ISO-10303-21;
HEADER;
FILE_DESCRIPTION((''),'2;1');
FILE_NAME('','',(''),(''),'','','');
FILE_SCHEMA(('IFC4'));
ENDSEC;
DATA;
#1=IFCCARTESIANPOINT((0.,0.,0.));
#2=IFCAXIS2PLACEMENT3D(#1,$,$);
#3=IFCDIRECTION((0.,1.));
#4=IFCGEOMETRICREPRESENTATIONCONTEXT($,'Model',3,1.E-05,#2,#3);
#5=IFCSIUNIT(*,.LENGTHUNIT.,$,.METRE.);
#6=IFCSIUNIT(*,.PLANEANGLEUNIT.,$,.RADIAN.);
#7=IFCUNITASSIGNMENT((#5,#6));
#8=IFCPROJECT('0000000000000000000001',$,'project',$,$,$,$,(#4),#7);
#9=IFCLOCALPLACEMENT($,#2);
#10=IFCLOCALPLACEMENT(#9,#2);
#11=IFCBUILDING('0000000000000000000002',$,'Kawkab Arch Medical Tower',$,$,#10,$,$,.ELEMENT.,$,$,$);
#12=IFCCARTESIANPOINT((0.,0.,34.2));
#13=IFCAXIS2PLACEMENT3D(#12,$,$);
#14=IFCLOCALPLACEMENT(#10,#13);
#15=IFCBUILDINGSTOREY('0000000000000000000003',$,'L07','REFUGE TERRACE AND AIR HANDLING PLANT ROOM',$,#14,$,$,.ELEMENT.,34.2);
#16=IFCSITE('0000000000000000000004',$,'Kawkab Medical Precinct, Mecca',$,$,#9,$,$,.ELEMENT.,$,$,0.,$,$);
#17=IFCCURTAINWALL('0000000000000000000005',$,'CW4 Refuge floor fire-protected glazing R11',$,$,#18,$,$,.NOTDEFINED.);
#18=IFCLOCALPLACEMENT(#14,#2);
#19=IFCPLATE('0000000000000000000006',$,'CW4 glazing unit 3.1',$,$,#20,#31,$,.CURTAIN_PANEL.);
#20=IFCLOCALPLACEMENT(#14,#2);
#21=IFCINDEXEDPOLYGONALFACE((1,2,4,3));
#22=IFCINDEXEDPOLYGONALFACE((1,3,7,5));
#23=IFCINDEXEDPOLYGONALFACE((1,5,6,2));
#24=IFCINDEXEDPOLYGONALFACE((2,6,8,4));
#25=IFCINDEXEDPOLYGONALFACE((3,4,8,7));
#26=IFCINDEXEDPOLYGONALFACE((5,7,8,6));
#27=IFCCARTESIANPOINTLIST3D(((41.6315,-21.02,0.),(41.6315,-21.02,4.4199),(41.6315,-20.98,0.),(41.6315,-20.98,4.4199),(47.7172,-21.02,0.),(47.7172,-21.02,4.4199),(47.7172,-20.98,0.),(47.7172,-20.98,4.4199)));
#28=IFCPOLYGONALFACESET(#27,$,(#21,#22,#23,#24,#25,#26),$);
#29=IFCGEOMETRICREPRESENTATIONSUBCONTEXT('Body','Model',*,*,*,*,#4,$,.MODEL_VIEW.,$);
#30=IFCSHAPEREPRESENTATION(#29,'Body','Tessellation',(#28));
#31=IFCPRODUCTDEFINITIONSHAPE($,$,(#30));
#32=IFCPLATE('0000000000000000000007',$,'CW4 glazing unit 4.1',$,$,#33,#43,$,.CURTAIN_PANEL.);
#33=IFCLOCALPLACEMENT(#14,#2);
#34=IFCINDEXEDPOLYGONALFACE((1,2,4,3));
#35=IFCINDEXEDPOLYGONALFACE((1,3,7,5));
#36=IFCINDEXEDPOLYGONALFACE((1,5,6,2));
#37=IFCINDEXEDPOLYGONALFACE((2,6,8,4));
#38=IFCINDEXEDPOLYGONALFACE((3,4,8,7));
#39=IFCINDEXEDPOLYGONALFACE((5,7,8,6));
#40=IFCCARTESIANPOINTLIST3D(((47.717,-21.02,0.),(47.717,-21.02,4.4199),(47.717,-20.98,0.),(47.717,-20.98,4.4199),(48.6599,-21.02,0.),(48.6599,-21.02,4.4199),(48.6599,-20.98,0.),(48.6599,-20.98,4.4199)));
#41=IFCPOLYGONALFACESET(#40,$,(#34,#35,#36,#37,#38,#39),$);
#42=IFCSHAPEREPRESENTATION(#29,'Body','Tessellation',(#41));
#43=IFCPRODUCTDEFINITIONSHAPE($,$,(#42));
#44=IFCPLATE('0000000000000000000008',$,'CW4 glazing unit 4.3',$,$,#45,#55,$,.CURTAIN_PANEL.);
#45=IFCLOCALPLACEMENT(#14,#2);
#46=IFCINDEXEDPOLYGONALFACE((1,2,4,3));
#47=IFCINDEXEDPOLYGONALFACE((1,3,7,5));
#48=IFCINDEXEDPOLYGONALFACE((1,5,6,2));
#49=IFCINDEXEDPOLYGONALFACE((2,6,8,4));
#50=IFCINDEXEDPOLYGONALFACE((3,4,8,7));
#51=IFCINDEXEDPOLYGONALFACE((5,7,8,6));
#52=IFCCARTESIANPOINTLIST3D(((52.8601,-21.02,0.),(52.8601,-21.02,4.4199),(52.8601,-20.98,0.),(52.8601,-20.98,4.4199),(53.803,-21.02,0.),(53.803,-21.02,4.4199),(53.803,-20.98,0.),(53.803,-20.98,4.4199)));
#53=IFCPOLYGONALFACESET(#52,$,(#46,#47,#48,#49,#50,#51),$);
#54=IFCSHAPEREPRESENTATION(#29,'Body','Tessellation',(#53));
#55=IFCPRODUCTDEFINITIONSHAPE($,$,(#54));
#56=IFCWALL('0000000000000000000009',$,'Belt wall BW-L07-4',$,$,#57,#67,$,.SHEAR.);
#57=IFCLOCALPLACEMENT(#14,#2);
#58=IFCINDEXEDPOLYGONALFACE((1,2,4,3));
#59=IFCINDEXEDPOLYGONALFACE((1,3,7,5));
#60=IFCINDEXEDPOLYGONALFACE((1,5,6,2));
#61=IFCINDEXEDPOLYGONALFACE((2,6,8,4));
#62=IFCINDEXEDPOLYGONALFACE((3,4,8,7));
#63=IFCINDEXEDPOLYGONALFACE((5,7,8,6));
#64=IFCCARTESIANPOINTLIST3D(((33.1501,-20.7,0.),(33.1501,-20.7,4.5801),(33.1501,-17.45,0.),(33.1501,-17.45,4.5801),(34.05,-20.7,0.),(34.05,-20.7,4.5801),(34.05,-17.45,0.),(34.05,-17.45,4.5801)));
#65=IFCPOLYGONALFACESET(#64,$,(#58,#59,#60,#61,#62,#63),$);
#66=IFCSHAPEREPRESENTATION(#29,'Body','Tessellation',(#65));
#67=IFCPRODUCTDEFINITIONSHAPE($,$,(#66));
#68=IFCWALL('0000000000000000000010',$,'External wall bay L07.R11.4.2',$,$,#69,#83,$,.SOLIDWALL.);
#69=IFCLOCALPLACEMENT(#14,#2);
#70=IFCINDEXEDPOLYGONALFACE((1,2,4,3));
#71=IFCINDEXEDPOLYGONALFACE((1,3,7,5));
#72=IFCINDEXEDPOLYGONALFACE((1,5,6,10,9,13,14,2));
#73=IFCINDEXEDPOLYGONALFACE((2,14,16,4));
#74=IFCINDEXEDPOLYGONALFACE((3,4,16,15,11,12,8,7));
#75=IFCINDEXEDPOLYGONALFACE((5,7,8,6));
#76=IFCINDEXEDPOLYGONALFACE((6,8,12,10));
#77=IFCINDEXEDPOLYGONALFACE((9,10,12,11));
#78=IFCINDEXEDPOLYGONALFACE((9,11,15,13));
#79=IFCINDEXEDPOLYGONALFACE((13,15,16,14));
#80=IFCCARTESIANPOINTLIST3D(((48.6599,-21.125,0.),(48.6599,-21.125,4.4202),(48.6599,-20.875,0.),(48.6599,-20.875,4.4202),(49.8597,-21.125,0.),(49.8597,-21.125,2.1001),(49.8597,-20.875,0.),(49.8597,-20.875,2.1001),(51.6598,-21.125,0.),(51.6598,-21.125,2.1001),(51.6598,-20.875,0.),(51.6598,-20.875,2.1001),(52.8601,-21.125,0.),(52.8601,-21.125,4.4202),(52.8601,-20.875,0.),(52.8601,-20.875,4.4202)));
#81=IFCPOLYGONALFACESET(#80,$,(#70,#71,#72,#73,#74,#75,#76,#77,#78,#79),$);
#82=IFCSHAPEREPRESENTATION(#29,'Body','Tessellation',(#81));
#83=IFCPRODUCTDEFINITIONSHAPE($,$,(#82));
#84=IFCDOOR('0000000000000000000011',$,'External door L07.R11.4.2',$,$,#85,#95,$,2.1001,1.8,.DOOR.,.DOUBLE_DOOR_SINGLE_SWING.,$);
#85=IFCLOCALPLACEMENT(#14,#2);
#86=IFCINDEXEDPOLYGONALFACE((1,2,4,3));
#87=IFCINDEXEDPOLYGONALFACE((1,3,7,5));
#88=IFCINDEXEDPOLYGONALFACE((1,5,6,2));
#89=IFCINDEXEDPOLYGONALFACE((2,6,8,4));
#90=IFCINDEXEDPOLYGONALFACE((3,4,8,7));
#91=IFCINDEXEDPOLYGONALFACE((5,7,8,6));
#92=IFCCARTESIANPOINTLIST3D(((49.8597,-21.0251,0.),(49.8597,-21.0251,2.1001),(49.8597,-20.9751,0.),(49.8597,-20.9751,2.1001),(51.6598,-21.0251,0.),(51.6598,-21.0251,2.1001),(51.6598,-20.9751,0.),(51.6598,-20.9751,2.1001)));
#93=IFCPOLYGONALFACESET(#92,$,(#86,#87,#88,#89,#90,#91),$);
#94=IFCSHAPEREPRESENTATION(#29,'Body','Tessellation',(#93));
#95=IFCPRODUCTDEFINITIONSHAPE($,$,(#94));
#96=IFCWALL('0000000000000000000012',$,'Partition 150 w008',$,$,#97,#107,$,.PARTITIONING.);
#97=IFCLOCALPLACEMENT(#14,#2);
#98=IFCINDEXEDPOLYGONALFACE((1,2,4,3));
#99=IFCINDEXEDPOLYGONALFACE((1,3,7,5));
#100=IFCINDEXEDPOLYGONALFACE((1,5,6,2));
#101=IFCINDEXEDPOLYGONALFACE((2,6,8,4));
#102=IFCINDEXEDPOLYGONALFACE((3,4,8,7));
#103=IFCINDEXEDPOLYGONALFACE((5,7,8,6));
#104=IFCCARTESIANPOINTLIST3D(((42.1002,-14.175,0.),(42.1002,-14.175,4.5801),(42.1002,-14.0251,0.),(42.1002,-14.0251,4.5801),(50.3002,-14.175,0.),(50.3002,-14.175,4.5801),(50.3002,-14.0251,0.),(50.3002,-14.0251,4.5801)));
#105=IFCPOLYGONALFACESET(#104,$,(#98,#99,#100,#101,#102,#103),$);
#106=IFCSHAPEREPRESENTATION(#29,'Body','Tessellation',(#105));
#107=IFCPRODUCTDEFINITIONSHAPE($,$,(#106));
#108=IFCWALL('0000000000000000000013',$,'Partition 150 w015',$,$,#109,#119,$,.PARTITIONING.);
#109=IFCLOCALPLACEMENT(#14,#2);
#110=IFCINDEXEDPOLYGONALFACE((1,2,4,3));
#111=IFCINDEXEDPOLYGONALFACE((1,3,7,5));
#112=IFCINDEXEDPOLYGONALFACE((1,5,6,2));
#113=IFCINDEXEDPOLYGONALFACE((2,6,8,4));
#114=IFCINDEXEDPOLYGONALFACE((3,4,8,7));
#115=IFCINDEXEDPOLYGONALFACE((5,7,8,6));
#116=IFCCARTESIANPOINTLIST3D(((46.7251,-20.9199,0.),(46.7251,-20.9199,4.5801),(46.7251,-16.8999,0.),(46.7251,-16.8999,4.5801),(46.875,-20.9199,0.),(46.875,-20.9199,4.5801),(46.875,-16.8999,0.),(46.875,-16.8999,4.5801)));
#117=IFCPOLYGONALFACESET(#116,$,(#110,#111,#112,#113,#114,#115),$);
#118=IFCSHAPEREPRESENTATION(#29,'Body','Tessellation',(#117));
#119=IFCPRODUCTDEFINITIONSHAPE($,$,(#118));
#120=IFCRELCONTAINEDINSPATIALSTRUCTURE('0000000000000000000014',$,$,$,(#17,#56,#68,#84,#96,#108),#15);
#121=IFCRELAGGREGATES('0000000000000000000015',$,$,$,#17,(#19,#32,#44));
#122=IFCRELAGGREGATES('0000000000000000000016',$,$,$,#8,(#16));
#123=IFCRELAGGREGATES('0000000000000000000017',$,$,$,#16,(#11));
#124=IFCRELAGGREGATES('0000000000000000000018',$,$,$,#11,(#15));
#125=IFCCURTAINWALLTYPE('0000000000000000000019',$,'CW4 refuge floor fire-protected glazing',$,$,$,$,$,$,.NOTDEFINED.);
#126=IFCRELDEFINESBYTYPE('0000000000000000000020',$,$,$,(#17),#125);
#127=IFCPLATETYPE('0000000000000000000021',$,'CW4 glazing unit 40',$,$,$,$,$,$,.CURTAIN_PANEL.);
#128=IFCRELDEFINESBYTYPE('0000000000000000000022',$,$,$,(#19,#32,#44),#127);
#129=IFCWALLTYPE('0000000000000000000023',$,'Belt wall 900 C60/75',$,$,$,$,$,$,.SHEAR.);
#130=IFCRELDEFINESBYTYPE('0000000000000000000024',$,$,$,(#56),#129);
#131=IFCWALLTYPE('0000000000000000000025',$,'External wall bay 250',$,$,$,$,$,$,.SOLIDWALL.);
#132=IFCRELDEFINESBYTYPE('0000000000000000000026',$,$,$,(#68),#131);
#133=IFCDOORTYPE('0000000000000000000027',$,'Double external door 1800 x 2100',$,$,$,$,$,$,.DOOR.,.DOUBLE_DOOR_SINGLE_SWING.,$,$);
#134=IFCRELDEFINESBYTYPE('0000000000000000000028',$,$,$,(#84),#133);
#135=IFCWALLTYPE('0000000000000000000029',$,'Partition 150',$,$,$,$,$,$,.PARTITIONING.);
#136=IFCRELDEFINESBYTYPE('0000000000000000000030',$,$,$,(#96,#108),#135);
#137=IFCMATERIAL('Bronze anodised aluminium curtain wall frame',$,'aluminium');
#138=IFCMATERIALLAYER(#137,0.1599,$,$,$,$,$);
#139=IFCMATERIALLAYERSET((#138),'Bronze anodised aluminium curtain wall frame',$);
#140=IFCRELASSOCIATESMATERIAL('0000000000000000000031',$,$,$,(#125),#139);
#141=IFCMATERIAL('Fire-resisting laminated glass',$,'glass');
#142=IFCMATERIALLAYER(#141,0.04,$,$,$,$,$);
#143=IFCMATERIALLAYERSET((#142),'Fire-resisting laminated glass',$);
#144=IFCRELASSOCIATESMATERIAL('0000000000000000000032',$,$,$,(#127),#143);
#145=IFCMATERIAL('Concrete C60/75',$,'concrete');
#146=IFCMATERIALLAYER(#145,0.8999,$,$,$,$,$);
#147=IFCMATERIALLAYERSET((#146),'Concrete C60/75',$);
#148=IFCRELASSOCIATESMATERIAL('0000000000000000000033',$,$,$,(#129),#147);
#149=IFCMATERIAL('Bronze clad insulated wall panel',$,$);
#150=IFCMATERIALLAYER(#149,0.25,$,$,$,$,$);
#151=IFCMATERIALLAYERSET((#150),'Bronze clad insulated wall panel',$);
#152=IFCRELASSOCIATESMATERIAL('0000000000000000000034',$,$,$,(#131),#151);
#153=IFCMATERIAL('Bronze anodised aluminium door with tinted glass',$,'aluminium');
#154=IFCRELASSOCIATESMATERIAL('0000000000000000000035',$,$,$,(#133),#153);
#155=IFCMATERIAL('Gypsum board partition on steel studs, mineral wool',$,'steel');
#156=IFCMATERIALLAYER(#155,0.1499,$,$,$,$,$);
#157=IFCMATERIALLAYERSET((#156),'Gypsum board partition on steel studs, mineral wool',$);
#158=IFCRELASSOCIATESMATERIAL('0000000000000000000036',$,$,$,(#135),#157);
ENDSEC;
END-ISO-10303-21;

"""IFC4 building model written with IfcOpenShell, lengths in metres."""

from ifc_helpers import new_model, si_unit, direction, frame, frame_2d, origin, origin_2d, place, context, subcontext, project, spatial, rectangle, extrude, material, layer, layer_set, type_object, element, fill, aggregate, save


model = new_model("IFC4")

# Units and contexts
model_context = context("Model", 3, precision=1e-05, world=origin(), true_north=direction((0.0, 1.0)))
body_context = subcontext(model_context, "Body", "Model", "MODEL_VIEW")
ifc_project = project(units=[si_unit("LENGTHUNIT", "METRE"), si_unit("PLANEANGLEUNIT", "RADIAN")], contexts=[model_context])

# Site, building, storey
site_placement = place(None, origin())
site = spatial("IfcSite", under=ifc_project, at=site_placement, Name="Kawkab Medical Precinct, Mecca", CompositionType="ELEMENT", RefElevation=0.0)
building_placement = place(site_placement, origin())
building = spatial("IfcBuilding", under=site, at=building_placement, Name="Kawkab Arch Medical Tower", CompositionType="ELEMENT")
storey_placement = place(building_placement, frame((0.0, 0.0, 34.2)))
storey = spatial("IfcBuildingStorey", under=building, at=storey_placement, Name="L07", Description="REFUGE TERRACE AND AIR HANDLING PLANT ROOM", CompositionType="ELEMENT", Elevation=34.2)

# Curtain wall
ifc_material_1 = material(Name="Bronze anodised aluminium curtain wall frame", Category="aluminium")
ifc_layer_1 = layer(ifc_material_1, 0.1599)
ifc_layer_set_1 = layer_set([ifc_layer_1], Name="Bronze anodised aluminium curtain wall frame")
curtain_wall_type = type_object("IfcCurtainWallType", Name="CW4 refuge floor fire-protected glazing", PredefinedType="NOTDEFINED", material=ifc_layer_set_1)
curtain_wall_placement = place(storey_placement, origin())
curtain_wall = element("IfcCurtainWall", 1, at=curtain_wall_placement, inside=storey, type_object=curtain_wall_type, Name="CW4 Refuge floor fire-protected glazing R11", PredefinedType="NOTDEFINED")

# Plates
ifc_material_2 = material(Name="Fire-resisting laminated glass", Category="glass")
ifc_layer_2 = layer(ifc_material_2, 0.04)
ifc_layer_set_2 = layer_set([ifc_layer_2], Name="Fire-resisting laminated glass")
plate_type = type_object("IfcPlateType", Name="CW4 glazing unit 40", PredefinedType="CURTAIN_PANEL", material=ifc_layer_set_2)
plate_1_placement = place(storey_placement, frame((44.6743, -21.0, 0.0), z_axis=(0.0, 0.0, 1.0), x_axis=(1.0, 0.0, 0.0)))
plate_1 = element("IfcPlate", 2, at=plate_1_placement, type_object=plate_type, Name="CW4 glazing unit 3.1", PredefinedType="CURTAIN_PANEL", context=body_context, shape_type="SweptSolid", body=[
    extrude(rectangle(XDim=6.0857, YDim=0.04, at=origin_2d()), origin(), (0.0, 0.0, 1.0), 4.4199),
])
plate_2_placement = place(storey_placement, frame((48.1885, -21.0, 0.0), z_axis=(0.0, 0.0, 1.0), x_axis=(1.0, 0.0, 0.0)))
plate_2 = element("IfcPlate", 3, at=plate_2_placement, type_object=plate_type, Name="CW4 glazing unit 4.1", PredefinedType="CURTAIN_PANEL", context=body_context, shape_type="SweptSolid", body=[
    extrude(rectangle(XDim=0.9429, YDim=0.04, at=origin_2d()), origin(), (0.0, 0.0, 1.0), 4.4199),
])
plate_3_placement = place(storey_placement, frame((53.3315, -21.0, 0.0), z_axis=(0.0, 0.0, 1.0), x_axis=(1.0, 0.0, 0.0)))
plate_3 = element("IfcPlate", 4, at=plate_3_placement, type_object=plate_type, Name="CW4 glazing unit 4.3", PredefinedType="CURTAIN_PANEL", context=body_context, shape_type="SweptSolid", body=[
    extrude(rectangle(XDim=0.9429, YDim=0.04, at=origin_2d()), origin(), (0.0, 0.0, 1.0), 4.4199),
])
aggregate(curtain_wall, [plate_1, plate_2, plate_3])

# Wall
ifc_material_3 = material(Name="Concrete C60/75", Category="concrete")
ifc_layer_3 = layer(ifc_material_3, 0.8999)
ifc_layer_set_3 = layer_set([ifc_layer_3], Name="Concrete C60/75")
wall_type_1 = type_object("IfcWallType", Name="Belt wall 900 C60/75", PredefinedType="SHEAR", material=ifc_layer_set_3)
wall_1_placement = place(storey_placement, frame((33.6001, -17.45, 0.0), z_axis=(0.0, 0.0, 1.0), x_axis=(0.0, -1.0, 0.0)))
element("IfcWall", 5, at=wall_1_placement, inside=storey, type_object=wall_type_1, Name="Belt wall BW-L07-4", PredefinedType="SHEAR", context=body_context, shape_type="SweptSolid", body=[
    extrude(rectangle(XDim=3.25, YDim=0.8999, at=frame_2d((1.625, 0.0))), origin(), (0.0, 0.0, 1.0), 4.5801),
])

# Wall, opening, door
ifc_material_4 = material(Name="Bronze clad insulated wall panel")
ifc_layer_4 = layer(ifc_material_4, 0.25)
ifc_layer_set_4 = layer_set([ifc_layer_4], Name="Bronze clad insulated wall panel")
wall_type_2 = type_object("IfcWallType", Name="External wall bay 250", PredefinedType="SOLIDWALL", material=ifc_layer_set_4)
wall_2_placement = place(storey_placement, frame((48.6599, -21.0, 0.0), z_axis=(0.0, 0.0, 1.0), x_axis=(1.0, 0.0, 0.0)))
wall_2 = element("IfcWall", 6, at=wall_2_placement, inside=storey, type_object=wall_type_2, Name="External wall bay L07.R11.4.2", PredefinedType="SOLIDWALL", context=body_context, shape_type="SweptSolid", body=[
    extrude(rectangle(XDim=4.2002, YDim=0.25, at=frame_2d((2.1001, 0.0))), origin(), (0.0, 0.0, 1.0), 4.4202),
])
opening_1_placement = place(wall_2_placement, frame((1.2, 0.0, 0.0)))
opening_1 = element("IfcOpeningElement", 7, at=opening_1_placement, cuts=wall_2, PredefinedType="OPENING", context=body_context, shape_type="SweptSolid", body=[
    extrude(rectangle(XDim=1.8, YDim=2.1001, at=frame_2d((0.8999, 1.05))), frame((0.0, 0.135, 0.0), z_axis=(0.0, -1.0, 0.0), x_axis=(1.0, 0.0, 0.0)), (0.0, 0.0, 1.0), 0.27),
])
ifc_material_5 = material(Name="Bronze anodised aluminium door with tinted glass", Category="aluminium")
door_type_1 = type_object("IfcDoorType", Name="Double external door 1800 x 2100", OperationType="DOUBLE_DOOR_SINGLE_SWING", PredefinedType="DOOR", material=ifc_material_5)
door_1_placement = place(opening_1_placement, origin())
door_1 = element("IfcDoor", 8, at=door_1_placement, inside=storey, type_object=door_type_1, Name="External door L07.R11.4.2", OperationType="DOUBLE_DOOR_SINGLE_SWING", OverallHeight=2.1001, OverallWidth=1.8, PredefinedType="DOOR", context=body_context, shape_type="SweptSolid", body=[
    extrude(rectangle(XDim=1.8, YDim=2.1001, at=frame_2d((0.8999, 1.05))), frame((0.0, 0.0249, 0.0), z_axis=(0.0, -1.0, 0.0), x_axis=(1.0, 0.0, 0.0)), (0.0, 0.0, 1.0), 0.05),
])
fill(opening_1, door_1)

# Walls
ifc_material_6 = material(Name="Gypsum board partition on steel studs, mineral wool", Category="steel")
ifc_layer_5 = layer(ifc_material_6, 0.1499)
ifc_layer_set_5 = layer_set([ifc_layer_5], Name="Gypsum board partition on steel studs, mineral wool")
wall_type_3 = type_object("IfcWallType", Name="Partition 150", PredefinedType="PARTITIONING", material=ifc_layer_set_5)
wall_3_placement = place(storey_placement, frame((42.1001, -14.1001, 0.0), z_axis=(0.0, 0.0, 1.0), x_axis=(1.0, 0.0, 0.0)))
element("IfcWall", 9, at=wall_3_placement, inside=storey, type_object=wall_type_3, Name="Partition 150 w008", PredefinedType="PARTITIONING", context=body_context, shape_type="SweptSolid", body=[
    extrude(rectangle(XDim=8.2, YDim=0.1499, at=frame_2d((4.1001, 0.0))), origin(), (0.0, 0.0, 1.0), 4.5801),
])
wall_4_placement = place(storey_placement, frame((46.8, -20.9199, 0.0), z_axis=(0.0, 0.0, 1.0), x_axis=(0.0, 1.0, 0.0)))
element("IfcWall", 10, at=wall_4_placement, inside=storey, type_object=wall_type_3, Name="Partition 150 w015", PredefinedType="PARTITIONING", context=body_context, shape_type="SweptSolid", body=[
    extrude(rectangle(XDim=4.02, YDim=0.1499, at=frame_2d((2.01, 0.0))), origin(), (0.0, 0.0, 1.0), 4.5801),
])

save(model, "model.ifc")
